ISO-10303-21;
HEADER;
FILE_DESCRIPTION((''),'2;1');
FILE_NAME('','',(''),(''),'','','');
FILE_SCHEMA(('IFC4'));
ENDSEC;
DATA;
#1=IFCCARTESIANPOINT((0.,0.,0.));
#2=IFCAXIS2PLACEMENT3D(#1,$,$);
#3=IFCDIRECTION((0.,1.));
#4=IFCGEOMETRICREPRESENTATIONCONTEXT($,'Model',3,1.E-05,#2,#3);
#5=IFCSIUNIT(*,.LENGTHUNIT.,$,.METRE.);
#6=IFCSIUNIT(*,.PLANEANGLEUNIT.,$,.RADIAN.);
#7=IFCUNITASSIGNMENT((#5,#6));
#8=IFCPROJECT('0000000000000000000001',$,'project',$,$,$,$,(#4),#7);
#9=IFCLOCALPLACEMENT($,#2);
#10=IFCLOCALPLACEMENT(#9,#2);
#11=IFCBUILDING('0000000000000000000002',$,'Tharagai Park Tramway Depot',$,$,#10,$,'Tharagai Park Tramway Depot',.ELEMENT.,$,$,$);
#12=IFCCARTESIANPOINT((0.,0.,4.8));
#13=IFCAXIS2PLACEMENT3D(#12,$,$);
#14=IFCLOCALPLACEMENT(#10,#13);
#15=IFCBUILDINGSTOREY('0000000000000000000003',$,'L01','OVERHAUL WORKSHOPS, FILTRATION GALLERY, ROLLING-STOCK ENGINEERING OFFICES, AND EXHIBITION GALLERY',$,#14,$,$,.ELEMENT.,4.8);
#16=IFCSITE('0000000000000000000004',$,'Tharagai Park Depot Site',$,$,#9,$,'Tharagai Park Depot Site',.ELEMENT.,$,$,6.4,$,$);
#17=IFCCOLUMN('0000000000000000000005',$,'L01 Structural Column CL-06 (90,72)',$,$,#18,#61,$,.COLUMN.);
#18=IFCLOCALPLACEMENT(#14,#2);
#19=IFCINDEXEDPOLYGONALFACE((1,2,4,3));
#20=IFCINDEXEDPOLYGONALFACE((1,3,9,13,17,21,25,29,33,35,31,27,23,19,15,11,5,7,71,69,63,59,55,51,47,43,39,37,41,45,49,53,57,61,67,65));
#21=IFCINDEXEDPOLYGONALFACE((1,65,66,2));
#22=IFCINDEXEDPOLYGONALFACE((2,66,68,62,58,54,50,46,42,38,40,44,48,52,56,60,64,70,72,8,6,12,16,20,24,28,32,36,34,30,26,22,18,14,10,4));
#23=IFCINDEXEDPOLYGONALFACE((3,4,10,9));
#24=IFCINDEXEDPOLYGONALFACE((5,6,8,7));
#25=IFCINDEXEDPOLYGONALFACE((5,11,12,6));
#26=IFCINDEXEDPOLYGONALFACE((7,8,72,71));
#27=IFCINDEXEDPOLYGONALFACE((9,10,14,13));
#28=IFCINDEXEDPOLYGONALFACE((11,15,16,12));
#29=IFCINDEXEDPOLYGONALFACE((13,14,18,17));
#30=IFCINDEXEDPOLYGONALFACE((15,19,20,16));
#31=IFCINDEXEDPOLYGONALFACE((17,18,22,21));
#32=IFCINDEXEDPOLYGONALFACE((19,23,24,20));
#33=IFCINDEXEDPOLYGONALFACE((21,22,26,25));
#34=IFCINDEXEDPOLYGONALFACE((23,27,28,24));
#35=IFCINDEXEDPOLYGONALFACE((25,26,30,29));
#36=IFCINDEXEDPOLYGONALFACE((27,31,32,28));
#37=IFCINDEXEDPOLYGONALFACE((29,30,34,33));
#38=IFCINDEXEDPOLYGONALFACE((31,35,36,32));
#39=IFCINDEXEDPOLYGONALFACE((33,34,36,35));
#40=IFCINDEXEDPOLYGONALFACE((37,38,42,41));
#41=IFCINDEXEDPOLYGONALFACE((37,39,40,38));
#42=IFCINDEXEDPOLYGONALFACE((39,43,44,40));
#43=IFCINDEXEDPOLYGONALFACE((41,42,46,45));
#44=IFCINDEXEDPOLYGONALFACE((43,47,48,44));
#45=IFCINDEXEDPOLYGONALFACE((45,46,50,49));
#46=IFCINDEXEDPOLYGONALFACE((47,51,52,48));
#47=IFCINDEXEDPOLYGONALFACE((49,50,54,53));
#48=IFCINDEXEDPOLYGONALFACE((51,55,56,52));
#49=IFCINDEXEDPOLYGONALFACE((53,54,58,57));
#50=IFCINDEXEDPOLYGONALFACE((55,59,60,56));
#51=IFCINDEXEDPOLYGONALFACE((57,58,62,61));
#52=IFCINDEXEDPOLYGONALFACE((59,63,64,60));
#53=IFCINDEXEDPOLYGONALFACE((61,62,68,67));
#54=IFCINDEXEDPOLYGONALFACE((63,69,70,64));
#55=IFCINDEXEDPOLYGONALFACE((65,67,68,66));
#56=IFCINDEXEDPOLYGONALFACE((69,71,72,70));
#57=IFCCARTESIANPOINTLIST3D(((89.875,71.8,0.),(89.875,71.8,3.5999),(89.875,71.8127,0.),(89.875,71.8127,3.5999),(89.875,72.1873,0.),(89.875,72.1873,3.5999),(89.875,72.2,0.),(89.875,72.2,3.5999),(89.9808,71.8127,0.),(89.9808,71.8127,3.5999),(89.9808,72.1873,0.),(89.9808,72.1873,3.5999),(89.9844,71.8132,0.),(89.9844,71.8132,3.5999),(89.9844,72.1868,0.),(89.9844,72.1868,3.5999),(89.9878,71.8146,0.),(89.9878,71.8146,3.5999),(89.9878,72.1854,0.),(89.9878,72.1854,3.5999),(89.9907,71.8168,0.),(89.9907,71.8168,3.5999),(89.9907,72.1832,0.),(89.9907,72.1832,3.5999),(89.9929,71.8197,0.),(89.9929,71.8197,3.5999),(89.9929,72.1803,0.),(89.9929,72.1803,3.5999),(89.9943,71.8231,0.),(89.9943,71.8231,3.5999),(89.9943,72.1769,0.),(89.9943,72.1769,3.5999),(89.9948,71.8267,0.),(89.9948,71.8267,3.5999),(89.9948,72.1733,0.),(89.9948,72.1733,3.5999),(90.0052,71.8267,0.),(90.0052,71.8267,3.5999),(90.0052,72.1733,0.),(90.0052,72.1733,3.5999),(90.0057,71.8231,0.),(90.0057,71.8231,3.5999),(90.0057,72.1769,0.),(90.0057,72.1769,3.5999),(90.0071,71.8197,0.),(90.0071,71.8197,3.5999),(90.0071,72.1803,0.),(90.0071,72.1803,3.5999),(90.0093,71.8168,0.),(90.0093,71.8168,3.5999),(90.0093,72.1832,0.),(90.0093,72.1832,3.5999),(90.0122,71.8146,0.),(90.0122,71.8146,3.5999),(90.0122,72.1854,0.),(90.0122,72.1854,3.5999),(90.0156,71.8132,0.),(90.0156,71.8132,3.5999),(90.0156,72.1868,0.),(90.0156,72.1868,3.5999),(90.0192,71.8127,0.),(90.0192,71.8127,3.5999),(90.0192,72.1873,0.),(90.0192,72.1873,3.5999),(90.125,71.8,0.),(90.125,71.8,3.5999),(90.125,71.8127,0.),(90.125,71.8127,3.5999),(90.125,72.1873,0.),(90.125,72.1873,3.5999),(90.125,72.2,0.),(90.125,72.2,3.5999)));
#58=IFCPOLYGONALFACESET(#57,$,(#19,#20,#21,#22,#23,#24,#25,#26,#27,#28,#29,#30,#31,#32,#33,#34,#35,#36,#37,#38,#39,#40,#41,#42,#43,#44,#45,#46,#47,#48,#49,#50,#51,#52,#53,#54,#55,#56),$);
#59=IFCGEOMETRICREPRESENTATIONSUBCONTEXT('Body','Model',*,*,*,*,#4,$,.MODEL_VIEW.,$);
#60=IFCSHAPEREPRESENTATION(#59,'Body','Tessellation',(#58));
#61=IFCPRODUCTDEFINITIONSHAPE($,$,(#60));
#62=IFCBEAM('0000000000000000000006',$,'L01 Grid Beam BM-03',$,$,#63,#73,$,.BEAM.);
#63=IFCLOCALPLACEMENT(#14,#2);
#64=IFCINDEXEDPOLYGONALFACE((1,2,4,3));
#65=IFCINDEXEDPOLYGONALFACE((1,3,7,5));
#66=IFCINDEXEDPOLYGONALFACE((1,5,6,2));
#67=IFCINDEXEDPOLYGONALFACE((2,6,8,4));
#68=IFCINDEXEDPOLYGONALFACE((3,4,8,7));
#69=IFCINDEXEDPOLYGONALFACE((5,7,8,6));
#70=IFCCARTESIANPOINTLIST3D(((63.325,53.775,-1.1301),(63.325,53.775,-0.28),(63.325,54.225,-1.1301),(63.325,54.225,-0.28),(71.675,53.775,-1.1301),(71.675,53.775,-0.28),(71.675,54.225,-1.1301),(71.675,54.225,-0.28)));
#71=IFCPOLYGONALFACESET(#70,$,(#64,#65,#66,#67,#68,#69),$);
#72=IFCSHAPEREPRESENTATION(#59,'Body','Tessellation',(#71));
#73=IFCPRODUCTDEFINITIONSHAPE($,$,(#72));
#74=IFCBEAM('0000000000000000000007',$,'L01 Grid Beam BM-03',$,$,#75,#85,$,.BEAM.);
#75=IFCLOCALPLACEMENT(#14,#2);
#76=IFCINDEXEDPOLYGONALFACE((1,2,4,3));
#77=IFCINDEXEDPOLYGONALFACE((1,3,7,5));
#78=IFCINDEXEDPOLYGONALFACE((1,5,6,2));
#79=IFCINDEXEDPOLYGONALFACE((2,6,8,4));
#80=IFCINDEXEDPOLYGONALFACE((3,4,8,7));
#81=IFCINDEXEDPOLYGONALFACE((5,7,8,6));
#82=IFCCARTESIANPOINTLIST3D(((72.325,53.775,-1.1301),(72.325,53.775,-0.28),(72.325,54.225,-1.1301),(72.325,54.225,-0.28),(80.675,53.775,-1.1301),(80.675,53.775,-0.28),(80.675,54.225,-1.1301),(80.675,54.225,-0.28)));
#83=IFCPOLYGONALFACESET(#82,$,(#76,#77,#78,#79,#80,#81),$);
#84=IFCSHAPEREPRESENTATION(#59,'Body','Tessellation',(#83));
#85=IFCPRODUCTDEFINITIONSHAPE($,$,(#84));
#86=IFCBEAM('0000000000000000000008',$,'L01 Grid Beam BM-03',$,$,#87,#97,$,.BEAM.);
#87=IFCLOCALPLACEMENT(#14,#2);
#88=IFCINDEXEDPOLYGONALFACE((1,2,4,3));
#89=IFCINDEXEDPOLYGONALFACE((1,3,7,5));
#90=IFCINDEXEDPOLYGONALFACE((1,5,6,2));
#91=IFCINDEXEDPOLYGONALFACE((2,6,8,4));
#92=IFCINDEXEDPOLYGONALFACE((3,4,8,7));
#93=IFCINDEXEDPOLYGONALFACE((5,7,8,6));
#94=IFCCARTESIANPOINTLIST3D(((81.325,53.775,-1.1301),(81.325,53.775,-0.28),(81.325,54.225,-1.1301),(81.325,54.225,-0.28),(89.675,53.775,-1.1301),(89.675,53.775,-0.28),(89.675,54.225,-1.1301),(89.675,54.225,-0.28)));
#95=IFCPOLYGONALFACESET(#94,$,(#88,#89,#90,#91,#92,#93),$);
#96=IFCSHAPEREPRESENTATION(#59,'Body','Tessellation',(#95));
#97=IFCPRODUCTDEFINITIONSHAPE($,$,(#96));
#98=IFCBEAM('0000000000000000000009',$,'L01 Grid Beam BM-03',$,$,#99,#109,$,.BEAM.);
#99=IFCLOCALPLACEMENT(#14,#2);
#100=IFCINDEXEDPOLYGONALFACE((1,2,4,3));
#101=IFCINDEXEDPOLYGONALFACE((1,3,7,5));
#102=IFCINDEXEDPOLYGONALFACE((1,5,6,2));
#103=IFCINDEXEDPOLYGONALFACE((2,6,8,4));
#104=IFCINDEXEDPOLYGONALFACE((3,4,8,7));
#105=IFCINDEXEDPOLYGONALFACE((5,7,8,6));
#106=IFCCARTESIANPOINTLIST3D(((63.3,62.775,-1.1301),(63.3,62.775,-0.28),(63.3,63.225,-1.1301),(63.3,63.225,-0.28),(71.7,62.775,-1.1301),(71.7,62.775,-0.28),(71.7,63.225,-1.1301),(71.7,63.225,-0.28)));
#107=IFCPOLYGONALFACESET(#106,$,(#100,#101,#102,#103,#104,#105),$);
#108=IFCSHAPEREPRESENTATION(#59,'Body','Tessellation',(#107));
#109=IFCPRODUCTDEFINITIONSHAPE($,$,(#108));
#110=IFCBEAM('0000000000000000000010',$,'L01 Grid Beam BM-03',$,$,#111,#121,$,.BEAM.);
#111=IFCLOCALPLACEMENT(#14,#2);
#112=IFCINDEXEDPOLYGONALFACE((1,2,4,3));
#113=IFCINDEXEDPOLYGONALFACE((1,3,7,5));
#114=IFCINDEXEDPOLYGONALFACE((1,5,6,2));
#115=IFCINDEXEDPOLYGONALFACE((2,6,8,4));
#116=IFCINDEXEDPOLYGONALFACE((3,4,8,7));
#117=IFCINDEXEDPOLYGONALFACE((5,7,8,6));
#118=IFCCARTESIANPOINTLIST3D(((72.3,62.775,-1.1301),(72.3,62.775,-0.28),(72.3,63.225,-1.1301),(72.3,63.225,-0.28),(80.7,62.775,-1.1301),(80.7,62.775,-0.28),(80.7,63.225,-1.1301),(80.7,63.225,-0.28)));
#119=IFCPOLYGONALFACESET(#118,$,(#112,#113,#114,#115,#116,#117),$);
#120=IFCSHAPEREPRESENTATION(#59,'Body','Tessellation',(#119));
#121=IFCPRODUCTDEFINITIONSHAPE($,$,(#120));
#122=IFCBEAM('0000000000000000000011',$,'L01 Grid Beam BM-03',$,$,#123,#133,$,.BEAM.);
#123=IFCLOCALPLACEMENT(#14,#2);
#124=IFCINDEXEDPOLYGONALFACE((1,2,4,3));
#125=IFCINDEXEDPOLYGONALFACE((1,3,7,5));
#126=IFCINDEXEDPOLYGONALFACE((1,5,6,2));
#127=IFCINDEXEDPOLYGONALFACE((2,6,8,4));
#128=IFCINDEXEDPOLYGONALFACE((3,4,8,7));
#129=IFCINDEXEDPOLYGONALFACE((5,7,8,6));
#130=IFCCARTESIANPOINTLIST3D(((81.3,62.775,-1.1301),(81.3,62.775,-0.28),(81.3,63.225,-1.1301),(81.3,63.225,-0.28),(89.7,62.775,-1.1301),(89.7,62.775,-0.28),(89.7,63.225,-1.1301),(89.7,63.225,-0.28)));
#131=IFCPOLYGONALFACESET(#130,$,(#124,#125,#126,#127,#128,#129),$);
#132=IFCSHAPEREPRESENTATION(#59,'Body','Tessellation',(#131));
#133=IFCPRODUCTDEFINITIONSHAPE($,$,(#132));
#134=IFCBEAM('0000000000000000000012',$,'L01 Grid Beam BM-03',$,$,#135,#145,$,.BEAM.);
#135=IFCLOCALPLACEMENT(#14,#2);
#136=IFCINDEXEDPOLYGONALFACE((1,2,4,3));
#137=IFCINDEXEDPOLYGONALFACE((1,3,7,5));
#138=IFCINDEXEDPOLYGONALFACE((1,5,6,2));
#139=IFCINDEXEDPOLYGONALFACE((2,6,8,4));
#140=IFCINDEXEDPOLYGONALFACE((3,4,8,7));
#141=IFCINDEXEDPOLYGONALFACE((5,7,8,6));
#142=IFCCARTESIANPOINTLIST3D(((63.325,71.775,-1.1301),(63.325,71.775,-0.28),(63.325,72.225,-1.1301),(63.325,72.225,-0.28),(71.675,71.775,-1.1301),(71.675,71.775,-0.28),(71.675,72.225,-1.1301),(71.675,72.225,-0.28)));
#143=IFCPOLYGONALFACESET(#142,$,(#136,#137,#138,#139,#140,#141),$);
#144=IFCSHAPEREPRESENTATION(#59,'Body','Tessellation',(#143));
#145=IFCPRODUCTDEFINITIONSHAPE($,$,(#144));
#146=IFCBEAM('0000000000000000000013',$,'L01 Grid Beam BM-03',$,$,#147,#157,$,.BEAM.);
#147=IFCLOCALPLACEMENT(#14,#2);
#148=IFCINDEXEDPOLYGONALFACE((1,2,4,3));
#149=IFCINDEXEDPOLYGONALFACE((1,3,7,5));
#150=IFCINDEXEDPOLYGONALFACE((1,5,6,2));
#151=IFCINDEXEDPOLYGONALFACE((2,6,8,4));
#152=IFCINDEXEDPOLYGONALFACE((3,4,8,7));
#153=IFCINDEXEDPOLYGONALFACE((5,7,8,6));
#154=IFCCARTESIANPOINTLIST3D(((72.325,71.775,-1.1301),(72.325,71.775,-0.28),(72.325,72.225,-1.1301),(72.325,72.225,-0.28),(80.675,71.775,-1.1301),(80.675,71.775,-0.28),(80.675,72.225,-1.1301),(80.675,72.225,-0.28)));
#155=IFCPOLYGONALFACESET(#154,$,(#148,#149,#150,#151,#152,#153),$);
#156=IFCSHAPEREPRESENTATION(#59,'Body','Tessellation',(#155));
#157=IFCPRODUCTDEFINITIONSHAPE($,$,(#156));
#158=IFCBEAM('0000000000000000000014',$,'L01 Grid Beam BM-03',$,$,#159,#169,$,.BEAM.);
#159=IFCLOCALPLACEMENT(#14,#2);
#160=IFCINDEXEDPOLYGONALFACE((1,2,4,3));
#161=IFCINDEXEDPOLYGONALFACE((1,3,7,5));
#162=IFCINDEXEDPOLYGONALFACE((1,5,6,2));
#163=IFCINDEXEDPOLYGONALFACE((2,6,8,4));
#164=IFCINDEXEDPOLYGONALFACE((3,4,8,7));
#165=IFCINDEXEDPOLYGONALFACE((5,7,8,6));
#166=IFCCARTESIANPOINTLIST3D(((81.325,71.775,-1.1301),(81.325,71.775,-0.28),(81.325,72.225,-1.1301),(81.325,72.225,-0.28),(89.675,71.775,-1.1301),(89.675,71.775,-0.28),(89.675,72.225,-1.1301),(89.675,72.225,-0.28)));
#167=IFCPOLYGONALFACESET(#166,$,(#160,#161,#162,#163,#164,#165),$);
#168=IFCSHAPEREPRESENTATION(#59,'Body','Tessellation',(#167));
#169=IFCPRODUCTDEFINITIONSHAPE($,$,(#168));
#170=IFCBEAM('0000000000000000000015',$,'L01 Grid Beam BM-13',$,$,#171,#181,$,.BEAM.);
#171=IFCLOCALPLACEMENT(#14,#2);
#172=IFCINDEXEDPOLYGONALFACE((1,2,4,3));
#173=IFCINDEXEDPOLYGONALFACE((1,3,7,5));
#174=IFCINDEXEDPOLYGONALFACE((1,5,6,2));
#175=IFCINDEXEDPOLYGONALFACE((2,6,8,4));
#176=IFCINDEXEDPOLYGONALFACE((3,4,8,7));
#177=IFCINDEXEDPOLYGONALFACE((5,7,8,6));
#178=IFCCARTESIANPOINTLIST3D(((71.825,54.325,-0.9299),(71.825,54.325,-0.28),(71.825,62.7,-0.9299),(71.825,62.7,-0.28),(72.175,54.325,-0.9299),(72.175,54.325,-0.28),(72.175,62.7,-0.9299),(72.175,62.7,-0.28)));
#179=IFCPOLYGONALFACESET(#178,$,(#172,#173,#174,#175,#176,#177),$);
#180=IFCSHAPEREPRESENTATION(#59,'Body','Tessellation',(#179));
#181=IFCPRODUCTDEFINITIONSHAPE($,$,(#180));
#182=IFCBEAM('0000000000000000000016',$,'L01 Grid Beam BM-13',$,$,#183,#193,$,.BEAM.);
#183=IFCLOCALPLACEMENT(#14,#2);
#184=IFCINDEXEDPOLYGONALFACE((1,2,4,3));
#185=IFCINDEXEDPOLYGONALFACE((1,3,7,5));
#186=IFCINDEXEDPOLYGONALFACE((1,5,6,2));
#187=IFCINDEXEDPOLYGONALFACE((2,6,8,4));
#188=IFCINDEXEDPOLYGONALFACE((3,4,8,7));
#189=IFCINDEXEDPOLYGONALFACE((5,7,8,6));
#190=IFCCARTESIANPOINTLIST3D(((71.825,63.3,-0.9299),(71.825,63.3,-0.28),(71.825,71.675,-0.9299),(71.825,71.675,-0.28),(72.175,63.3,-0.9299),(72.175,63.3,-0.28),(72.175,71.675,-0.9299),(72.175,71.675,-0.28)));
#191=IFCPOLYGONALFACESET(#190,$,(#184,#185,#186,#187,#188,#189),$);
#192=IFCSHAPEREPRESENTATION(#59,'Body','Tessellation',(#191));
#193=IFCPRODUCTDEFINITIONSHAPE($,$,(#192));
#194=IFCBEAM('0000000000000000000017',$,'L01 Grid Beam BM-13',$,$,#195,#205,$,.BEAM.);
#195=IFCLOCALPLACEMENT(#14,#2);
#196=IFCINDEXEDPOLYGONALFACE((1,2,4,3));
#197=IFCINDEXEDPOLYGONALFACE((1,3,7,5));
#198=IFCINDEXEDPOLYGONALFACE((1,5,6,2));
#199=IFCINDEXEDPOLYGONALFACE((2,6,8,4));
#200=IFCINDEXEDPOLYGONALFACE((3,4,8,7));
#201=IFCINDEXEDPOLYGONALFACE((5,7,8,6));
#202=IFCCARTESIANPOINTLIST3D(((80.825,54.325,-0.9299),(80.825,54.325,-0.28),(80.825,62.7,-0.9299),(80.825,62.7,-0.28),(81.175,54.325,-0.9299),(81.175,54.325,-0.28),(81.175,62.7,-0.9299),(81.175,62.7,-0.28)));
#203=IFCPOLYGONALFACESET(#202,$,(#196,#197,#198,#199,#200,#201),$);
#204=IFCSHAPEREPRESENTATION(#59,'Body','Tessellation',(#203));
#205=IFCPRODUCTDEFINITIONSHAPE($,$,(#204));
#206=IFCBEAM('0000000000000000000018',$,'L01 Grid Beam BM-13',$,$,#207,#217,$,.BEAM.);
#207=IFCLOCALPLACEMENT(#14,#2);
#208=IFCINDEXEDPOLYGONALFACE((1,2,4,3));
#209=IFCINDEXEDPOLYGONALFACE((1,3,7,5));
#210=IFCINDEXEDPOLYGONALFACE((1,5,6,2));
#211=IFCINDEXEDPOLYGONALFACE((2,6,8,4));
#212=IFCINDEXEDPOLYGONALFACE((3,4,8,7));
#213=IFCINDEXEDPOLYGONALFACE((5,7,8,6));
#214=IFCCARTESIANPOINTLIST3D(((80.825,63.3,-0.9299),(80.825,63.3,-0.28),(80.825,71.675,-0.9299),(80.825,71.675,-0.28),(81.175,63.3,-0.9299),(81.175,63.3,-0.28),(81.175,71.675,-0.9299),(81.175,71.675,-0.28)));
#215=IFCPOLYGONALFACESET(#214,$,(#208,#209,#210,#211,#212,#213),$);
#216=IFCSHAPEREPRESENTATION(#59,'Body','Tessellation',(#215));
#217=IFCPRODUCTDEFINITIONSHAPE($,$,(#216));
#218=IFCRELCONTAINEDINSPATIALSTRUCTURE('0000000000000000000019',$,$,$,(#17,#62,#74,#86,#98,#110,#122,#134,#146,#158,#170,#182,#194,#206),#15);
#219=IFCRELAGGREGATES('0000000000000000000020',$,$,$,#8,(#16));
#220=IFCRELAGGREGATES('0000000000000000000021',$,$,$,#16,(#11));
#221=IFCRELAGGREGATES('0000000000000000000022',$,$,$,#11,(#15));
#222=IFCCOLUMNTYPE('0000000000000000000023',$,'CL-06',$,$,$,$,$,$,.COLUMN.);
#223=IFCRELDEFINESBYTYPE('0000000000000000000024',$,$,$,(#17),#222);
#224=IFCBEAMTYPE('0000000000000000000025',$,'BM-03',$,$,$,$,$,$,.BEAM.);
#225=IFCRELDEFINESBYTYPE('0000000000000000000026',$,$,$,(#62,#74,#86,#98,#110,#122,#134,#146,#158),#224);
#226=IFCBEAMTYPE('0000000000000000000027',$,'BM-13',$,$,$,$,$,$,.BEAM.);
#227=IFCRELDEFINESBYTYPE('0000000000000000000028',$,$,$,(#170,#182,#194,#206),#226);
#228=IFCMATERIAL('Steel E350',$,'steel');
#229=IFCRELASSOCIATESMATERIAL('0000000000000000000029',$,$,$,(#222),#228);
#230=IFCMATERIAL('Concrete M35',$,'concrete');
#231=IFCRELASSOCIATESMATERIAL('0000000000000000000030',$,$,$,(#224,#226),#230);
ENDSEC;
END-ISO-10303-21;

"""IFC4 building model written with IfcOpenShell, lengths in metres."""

from ifc_helpers import new_model, si_unit, direction, frame, origin, origin_2d, place, context, subcontext, project, spatial, rectangle, i_section, extrude, material, material_profile, profile_set, type_object, element, save


model = new_model("IFC4")

# Units and contexts
model_context = context("Model", 3, precision=1e-05, world=origin(), true_north=direction((0.0, 1.0)))
body_context = subcontext(model_context, "Body", "Model", "MODEL_VIEW")
ifc_project = project(units=[si_unit("LENGTHUNIT", "METRE"), si_unit("PLANEANGLEUNIT", "RADIAN")], contexts=[model_context])

# Site, building, storey
site_placement = place(None, origin())
site = spatial("IfcSite", under=ifc_project, at=site_placement, Name="Tharagai Park Depot Site", LongName="Tharagai Park Depot Site", CompositionType="ELEMENT", RefElevation=6.4)
building_placement = place(site_placement, origin())
building = spatial("IfcBuilding", under=site, at=building_placement, Name="Tharagai Park Tramway Depot", LongName="Tharagai Park Tramway Depot", CompositionType="ELEMENT")
storey_placement = place(building_placement, frame((0.0, 0.0, 4.8)))
storey = spatial("IfcBuildingStorey", under=building, at=storey_placement, Name="L01", Description="OVERHAUL WORKSHOPS, FILTRATION GALLERY, ROLLING-STOCK ENGINEERING OFFICES, AND EXHIBITION GALLERY", CompositionType="ELEMENT", Elevation=4.8)

# Column
ifc_material_1 = material(Name="Steel E350", Category="steel")
ifc_material_profile_1 = material_profile(ifc_material_1, i_section(OverallWidth=0.25, OverallDepth=0.3999, WebThickness=0.0105, FlangeThickness=0.0127, FilletRadius=0.0139, at=origin_2d()), Name="ISHB 400")
ifc_profile_set_1 = profile_set([ifc_material_profile_1], Name="Steel E350")
column_type = type_object("IfcColumnType", Name="CL-06", PredefinedType="COLUMN", material=ifc_profile_set_1)
for number, where, z_axis, x_axis, name in (
    (1, (90.0, 72.0, 0.0), (0.0, 0.0, 1.0), (1.0, 0.0, 0.0), "L01 Structural Column CL-06 (90,72)"),
):
    element("IfcColumn", number, at=place(storey_placement, frame(where, z_axis=z_axis, x_axis=x_axis)), inside=storey, type_object=column_type, Name=name, PredefinedType="COLUMN", context=body_context, shape_type="SweptSolid", body=[
        extrude(i_section(OverallWidth=0.25, OverallDepth=0.3999, WebThickness=0.0105, FlangeThickness=0.0127, FilletRadius=0.0139, at=origin_2d()), origin(), (0.0, 0.0, 1.0), 3.5999),
    ])

# Beams
ifc_material_2 = material(Name="Concrete M35", Category="concrete")
ifc_material_profile_2 = material_profile(ifc_material_2, rectangle(XDim=0.45, YDim=0.8501, at=origin_2d()), Name="RC 450x850")
ifc_profile_set_2 = profile_set([ifc_material_profile_2], Name="Concrete M35")
beam_type_1 = type_object("IfcBeamType", Name="BM-03", PredefinedType="BEAM", material=ifc_profile_set_2)
for number, where, z_axis, x_axis, name in (
    (2, (63.325, 54.0, -0.7051), (1.0, 0.0, 0.0), (0.0, 1.0, 0.0), "L01 Grid Beam BM-03"),
    (3, (72.325, 54.0, -0.7051), (1.0, 0.0, 0.0), (0.0, 1.0, 0.0), "L01 Grid Beam BM-03"),
    (4, (81.325, 54.0, -0.7051), (1.0, 0.0, 0.0), (0.0, 1.0, 0.0), "L01 Grid Beam BM-03"),
):
    element("IfcBeam", number, at=place(storey_placement, frame(where, z_axis=z_axis, x_axis=x_axis)), inside=storey, type_object=beam_type_1, Name=name, PredefinedType="BEAM", context=body_context, shape_type="SweptSolid", body=[
        extrude(rectangle(XDim=0.45, YDim=0.8501, at=origin_2d()), origin(), (0.0, 0.0, 1.0), 8.3501),
    ])
for number, where, z_axis, x_axis, name in (
    (5, (63.3, 63.0, -0.7051), (1.0, 0.0, 0.0), (0.0, 1.0, 0.0), "L01 Grid Beam BM-03"),
    (6, (72.3, 63.0, -0.7051), (1.0, 0.0, 0.0), (0.0, 1.0, 0.0), "L01 Grid Beam BM-03"),
    (7, (81.3, 63.0, -0.7051), (1.0, 0.0, 0.0), (0.0, 1.0, 0.0), "L01 Grid Beam BM-03"),
):
    element("IfcBeam", number, at=place(storey_placement, frame(where, z_axis=z_axis, x_axis=x_axis)), inside=storey, type_object=beam_type_1, Name=name, PredefinedType="BEAM", context=body_context, shape_type="SweptSolid", body=[
        extrude(rectangle(XDim=0.45, YDim=0.8501, at=origin_2d()), origin(), (0.0, 0.0, 1.0), 8.3999),
    ])
for number, where, z_axis, x_axis, name in (
    (8, (63.325, 72.0, -0.7051), (1.0, 0.0, 0.0), (0.0, 1.0, 0.0), "L01 Grid Beam BM-03"),
    (9, (72.325, 72.0, -0.7051), (1.0, 0.0, 0.0), (0.0, 1.0, 0.0), "L01 Grid Beam BM-03"),
    (10, (81.325, 72.0, -0.7051), (1.0, 0.0, 0.0), (0.0, 1.0, 0.0), "L01 Grid Beam BM-03"),
):
    element("IfcBeam", number, at=place(storey_placement, frame(where, z_axis=z_axis, x_axis=x_axis)), inside=storey, type_object=beam_type_1, Name=name, PredefinedType="BEAM", context=body_context, shape_type="SweptSolid", body=[
        extrude(rectangle(XDim=0.45, YDim=0.8501, at=origin_2d()), origin(), (0.0, 0.0, 1.0), 8.3501),
    ])
ifc_material_profile_3 = material_profile(ifc_material_2, rectangle(XDim=0.3501, YDim=0.6499, at=origin_2d()), Name="RC 350x650")
ifc_profile_set_3 = profile_set([ifc_material_profile_3], Name="Concrete M35")
beam_type_2 = type_object("IfcBeamType", Name="BM-13", PredefinedType="BEAM", material=ifc_profile_set_3)
for number, where, z_axis, x_axis, name in (
    (11, (72.0, 54.325, -0.605), (0.0, 1.0, 0.0), (-1.0, 0.0, 0.0), "L01 Grid Beam BM-13"),
    (12, (72.0, 63.3, -0.605), (0.0, 1.0, 0.0), (-1.0, 0.0, 0.0), "L01 Grid Beam BM-13"),
    (13, (81.0, 54.325, -0.605), (0.0, 1.0, 0.0), (-1.0, 0.0, 0.0), "L01 Grid Beam BM-13"),
    (14, (81.0, 63.3, -0.605), (0.0, 1.0, 0.0), (-1.0, 0.0, 0.0), "L01 Grid Beam BM-13"),
):
    element("IfcBeam", number, at=place(storey_placement, frame(where, z_axis=z_axis, x_axis=x_axis)), inside=storey, type_object=beam_type_2, Name=name, PredefinedType="BEAM", context=body_context, shape_type="SweptSolid", body=[
        extrude(rectangle(XDim=0.3501, YDim=0.6499, at=origin_2d()), origin(), (0.0, 0.0, 1.0), 8.375),
    ])

save(model, "model.ifc")
